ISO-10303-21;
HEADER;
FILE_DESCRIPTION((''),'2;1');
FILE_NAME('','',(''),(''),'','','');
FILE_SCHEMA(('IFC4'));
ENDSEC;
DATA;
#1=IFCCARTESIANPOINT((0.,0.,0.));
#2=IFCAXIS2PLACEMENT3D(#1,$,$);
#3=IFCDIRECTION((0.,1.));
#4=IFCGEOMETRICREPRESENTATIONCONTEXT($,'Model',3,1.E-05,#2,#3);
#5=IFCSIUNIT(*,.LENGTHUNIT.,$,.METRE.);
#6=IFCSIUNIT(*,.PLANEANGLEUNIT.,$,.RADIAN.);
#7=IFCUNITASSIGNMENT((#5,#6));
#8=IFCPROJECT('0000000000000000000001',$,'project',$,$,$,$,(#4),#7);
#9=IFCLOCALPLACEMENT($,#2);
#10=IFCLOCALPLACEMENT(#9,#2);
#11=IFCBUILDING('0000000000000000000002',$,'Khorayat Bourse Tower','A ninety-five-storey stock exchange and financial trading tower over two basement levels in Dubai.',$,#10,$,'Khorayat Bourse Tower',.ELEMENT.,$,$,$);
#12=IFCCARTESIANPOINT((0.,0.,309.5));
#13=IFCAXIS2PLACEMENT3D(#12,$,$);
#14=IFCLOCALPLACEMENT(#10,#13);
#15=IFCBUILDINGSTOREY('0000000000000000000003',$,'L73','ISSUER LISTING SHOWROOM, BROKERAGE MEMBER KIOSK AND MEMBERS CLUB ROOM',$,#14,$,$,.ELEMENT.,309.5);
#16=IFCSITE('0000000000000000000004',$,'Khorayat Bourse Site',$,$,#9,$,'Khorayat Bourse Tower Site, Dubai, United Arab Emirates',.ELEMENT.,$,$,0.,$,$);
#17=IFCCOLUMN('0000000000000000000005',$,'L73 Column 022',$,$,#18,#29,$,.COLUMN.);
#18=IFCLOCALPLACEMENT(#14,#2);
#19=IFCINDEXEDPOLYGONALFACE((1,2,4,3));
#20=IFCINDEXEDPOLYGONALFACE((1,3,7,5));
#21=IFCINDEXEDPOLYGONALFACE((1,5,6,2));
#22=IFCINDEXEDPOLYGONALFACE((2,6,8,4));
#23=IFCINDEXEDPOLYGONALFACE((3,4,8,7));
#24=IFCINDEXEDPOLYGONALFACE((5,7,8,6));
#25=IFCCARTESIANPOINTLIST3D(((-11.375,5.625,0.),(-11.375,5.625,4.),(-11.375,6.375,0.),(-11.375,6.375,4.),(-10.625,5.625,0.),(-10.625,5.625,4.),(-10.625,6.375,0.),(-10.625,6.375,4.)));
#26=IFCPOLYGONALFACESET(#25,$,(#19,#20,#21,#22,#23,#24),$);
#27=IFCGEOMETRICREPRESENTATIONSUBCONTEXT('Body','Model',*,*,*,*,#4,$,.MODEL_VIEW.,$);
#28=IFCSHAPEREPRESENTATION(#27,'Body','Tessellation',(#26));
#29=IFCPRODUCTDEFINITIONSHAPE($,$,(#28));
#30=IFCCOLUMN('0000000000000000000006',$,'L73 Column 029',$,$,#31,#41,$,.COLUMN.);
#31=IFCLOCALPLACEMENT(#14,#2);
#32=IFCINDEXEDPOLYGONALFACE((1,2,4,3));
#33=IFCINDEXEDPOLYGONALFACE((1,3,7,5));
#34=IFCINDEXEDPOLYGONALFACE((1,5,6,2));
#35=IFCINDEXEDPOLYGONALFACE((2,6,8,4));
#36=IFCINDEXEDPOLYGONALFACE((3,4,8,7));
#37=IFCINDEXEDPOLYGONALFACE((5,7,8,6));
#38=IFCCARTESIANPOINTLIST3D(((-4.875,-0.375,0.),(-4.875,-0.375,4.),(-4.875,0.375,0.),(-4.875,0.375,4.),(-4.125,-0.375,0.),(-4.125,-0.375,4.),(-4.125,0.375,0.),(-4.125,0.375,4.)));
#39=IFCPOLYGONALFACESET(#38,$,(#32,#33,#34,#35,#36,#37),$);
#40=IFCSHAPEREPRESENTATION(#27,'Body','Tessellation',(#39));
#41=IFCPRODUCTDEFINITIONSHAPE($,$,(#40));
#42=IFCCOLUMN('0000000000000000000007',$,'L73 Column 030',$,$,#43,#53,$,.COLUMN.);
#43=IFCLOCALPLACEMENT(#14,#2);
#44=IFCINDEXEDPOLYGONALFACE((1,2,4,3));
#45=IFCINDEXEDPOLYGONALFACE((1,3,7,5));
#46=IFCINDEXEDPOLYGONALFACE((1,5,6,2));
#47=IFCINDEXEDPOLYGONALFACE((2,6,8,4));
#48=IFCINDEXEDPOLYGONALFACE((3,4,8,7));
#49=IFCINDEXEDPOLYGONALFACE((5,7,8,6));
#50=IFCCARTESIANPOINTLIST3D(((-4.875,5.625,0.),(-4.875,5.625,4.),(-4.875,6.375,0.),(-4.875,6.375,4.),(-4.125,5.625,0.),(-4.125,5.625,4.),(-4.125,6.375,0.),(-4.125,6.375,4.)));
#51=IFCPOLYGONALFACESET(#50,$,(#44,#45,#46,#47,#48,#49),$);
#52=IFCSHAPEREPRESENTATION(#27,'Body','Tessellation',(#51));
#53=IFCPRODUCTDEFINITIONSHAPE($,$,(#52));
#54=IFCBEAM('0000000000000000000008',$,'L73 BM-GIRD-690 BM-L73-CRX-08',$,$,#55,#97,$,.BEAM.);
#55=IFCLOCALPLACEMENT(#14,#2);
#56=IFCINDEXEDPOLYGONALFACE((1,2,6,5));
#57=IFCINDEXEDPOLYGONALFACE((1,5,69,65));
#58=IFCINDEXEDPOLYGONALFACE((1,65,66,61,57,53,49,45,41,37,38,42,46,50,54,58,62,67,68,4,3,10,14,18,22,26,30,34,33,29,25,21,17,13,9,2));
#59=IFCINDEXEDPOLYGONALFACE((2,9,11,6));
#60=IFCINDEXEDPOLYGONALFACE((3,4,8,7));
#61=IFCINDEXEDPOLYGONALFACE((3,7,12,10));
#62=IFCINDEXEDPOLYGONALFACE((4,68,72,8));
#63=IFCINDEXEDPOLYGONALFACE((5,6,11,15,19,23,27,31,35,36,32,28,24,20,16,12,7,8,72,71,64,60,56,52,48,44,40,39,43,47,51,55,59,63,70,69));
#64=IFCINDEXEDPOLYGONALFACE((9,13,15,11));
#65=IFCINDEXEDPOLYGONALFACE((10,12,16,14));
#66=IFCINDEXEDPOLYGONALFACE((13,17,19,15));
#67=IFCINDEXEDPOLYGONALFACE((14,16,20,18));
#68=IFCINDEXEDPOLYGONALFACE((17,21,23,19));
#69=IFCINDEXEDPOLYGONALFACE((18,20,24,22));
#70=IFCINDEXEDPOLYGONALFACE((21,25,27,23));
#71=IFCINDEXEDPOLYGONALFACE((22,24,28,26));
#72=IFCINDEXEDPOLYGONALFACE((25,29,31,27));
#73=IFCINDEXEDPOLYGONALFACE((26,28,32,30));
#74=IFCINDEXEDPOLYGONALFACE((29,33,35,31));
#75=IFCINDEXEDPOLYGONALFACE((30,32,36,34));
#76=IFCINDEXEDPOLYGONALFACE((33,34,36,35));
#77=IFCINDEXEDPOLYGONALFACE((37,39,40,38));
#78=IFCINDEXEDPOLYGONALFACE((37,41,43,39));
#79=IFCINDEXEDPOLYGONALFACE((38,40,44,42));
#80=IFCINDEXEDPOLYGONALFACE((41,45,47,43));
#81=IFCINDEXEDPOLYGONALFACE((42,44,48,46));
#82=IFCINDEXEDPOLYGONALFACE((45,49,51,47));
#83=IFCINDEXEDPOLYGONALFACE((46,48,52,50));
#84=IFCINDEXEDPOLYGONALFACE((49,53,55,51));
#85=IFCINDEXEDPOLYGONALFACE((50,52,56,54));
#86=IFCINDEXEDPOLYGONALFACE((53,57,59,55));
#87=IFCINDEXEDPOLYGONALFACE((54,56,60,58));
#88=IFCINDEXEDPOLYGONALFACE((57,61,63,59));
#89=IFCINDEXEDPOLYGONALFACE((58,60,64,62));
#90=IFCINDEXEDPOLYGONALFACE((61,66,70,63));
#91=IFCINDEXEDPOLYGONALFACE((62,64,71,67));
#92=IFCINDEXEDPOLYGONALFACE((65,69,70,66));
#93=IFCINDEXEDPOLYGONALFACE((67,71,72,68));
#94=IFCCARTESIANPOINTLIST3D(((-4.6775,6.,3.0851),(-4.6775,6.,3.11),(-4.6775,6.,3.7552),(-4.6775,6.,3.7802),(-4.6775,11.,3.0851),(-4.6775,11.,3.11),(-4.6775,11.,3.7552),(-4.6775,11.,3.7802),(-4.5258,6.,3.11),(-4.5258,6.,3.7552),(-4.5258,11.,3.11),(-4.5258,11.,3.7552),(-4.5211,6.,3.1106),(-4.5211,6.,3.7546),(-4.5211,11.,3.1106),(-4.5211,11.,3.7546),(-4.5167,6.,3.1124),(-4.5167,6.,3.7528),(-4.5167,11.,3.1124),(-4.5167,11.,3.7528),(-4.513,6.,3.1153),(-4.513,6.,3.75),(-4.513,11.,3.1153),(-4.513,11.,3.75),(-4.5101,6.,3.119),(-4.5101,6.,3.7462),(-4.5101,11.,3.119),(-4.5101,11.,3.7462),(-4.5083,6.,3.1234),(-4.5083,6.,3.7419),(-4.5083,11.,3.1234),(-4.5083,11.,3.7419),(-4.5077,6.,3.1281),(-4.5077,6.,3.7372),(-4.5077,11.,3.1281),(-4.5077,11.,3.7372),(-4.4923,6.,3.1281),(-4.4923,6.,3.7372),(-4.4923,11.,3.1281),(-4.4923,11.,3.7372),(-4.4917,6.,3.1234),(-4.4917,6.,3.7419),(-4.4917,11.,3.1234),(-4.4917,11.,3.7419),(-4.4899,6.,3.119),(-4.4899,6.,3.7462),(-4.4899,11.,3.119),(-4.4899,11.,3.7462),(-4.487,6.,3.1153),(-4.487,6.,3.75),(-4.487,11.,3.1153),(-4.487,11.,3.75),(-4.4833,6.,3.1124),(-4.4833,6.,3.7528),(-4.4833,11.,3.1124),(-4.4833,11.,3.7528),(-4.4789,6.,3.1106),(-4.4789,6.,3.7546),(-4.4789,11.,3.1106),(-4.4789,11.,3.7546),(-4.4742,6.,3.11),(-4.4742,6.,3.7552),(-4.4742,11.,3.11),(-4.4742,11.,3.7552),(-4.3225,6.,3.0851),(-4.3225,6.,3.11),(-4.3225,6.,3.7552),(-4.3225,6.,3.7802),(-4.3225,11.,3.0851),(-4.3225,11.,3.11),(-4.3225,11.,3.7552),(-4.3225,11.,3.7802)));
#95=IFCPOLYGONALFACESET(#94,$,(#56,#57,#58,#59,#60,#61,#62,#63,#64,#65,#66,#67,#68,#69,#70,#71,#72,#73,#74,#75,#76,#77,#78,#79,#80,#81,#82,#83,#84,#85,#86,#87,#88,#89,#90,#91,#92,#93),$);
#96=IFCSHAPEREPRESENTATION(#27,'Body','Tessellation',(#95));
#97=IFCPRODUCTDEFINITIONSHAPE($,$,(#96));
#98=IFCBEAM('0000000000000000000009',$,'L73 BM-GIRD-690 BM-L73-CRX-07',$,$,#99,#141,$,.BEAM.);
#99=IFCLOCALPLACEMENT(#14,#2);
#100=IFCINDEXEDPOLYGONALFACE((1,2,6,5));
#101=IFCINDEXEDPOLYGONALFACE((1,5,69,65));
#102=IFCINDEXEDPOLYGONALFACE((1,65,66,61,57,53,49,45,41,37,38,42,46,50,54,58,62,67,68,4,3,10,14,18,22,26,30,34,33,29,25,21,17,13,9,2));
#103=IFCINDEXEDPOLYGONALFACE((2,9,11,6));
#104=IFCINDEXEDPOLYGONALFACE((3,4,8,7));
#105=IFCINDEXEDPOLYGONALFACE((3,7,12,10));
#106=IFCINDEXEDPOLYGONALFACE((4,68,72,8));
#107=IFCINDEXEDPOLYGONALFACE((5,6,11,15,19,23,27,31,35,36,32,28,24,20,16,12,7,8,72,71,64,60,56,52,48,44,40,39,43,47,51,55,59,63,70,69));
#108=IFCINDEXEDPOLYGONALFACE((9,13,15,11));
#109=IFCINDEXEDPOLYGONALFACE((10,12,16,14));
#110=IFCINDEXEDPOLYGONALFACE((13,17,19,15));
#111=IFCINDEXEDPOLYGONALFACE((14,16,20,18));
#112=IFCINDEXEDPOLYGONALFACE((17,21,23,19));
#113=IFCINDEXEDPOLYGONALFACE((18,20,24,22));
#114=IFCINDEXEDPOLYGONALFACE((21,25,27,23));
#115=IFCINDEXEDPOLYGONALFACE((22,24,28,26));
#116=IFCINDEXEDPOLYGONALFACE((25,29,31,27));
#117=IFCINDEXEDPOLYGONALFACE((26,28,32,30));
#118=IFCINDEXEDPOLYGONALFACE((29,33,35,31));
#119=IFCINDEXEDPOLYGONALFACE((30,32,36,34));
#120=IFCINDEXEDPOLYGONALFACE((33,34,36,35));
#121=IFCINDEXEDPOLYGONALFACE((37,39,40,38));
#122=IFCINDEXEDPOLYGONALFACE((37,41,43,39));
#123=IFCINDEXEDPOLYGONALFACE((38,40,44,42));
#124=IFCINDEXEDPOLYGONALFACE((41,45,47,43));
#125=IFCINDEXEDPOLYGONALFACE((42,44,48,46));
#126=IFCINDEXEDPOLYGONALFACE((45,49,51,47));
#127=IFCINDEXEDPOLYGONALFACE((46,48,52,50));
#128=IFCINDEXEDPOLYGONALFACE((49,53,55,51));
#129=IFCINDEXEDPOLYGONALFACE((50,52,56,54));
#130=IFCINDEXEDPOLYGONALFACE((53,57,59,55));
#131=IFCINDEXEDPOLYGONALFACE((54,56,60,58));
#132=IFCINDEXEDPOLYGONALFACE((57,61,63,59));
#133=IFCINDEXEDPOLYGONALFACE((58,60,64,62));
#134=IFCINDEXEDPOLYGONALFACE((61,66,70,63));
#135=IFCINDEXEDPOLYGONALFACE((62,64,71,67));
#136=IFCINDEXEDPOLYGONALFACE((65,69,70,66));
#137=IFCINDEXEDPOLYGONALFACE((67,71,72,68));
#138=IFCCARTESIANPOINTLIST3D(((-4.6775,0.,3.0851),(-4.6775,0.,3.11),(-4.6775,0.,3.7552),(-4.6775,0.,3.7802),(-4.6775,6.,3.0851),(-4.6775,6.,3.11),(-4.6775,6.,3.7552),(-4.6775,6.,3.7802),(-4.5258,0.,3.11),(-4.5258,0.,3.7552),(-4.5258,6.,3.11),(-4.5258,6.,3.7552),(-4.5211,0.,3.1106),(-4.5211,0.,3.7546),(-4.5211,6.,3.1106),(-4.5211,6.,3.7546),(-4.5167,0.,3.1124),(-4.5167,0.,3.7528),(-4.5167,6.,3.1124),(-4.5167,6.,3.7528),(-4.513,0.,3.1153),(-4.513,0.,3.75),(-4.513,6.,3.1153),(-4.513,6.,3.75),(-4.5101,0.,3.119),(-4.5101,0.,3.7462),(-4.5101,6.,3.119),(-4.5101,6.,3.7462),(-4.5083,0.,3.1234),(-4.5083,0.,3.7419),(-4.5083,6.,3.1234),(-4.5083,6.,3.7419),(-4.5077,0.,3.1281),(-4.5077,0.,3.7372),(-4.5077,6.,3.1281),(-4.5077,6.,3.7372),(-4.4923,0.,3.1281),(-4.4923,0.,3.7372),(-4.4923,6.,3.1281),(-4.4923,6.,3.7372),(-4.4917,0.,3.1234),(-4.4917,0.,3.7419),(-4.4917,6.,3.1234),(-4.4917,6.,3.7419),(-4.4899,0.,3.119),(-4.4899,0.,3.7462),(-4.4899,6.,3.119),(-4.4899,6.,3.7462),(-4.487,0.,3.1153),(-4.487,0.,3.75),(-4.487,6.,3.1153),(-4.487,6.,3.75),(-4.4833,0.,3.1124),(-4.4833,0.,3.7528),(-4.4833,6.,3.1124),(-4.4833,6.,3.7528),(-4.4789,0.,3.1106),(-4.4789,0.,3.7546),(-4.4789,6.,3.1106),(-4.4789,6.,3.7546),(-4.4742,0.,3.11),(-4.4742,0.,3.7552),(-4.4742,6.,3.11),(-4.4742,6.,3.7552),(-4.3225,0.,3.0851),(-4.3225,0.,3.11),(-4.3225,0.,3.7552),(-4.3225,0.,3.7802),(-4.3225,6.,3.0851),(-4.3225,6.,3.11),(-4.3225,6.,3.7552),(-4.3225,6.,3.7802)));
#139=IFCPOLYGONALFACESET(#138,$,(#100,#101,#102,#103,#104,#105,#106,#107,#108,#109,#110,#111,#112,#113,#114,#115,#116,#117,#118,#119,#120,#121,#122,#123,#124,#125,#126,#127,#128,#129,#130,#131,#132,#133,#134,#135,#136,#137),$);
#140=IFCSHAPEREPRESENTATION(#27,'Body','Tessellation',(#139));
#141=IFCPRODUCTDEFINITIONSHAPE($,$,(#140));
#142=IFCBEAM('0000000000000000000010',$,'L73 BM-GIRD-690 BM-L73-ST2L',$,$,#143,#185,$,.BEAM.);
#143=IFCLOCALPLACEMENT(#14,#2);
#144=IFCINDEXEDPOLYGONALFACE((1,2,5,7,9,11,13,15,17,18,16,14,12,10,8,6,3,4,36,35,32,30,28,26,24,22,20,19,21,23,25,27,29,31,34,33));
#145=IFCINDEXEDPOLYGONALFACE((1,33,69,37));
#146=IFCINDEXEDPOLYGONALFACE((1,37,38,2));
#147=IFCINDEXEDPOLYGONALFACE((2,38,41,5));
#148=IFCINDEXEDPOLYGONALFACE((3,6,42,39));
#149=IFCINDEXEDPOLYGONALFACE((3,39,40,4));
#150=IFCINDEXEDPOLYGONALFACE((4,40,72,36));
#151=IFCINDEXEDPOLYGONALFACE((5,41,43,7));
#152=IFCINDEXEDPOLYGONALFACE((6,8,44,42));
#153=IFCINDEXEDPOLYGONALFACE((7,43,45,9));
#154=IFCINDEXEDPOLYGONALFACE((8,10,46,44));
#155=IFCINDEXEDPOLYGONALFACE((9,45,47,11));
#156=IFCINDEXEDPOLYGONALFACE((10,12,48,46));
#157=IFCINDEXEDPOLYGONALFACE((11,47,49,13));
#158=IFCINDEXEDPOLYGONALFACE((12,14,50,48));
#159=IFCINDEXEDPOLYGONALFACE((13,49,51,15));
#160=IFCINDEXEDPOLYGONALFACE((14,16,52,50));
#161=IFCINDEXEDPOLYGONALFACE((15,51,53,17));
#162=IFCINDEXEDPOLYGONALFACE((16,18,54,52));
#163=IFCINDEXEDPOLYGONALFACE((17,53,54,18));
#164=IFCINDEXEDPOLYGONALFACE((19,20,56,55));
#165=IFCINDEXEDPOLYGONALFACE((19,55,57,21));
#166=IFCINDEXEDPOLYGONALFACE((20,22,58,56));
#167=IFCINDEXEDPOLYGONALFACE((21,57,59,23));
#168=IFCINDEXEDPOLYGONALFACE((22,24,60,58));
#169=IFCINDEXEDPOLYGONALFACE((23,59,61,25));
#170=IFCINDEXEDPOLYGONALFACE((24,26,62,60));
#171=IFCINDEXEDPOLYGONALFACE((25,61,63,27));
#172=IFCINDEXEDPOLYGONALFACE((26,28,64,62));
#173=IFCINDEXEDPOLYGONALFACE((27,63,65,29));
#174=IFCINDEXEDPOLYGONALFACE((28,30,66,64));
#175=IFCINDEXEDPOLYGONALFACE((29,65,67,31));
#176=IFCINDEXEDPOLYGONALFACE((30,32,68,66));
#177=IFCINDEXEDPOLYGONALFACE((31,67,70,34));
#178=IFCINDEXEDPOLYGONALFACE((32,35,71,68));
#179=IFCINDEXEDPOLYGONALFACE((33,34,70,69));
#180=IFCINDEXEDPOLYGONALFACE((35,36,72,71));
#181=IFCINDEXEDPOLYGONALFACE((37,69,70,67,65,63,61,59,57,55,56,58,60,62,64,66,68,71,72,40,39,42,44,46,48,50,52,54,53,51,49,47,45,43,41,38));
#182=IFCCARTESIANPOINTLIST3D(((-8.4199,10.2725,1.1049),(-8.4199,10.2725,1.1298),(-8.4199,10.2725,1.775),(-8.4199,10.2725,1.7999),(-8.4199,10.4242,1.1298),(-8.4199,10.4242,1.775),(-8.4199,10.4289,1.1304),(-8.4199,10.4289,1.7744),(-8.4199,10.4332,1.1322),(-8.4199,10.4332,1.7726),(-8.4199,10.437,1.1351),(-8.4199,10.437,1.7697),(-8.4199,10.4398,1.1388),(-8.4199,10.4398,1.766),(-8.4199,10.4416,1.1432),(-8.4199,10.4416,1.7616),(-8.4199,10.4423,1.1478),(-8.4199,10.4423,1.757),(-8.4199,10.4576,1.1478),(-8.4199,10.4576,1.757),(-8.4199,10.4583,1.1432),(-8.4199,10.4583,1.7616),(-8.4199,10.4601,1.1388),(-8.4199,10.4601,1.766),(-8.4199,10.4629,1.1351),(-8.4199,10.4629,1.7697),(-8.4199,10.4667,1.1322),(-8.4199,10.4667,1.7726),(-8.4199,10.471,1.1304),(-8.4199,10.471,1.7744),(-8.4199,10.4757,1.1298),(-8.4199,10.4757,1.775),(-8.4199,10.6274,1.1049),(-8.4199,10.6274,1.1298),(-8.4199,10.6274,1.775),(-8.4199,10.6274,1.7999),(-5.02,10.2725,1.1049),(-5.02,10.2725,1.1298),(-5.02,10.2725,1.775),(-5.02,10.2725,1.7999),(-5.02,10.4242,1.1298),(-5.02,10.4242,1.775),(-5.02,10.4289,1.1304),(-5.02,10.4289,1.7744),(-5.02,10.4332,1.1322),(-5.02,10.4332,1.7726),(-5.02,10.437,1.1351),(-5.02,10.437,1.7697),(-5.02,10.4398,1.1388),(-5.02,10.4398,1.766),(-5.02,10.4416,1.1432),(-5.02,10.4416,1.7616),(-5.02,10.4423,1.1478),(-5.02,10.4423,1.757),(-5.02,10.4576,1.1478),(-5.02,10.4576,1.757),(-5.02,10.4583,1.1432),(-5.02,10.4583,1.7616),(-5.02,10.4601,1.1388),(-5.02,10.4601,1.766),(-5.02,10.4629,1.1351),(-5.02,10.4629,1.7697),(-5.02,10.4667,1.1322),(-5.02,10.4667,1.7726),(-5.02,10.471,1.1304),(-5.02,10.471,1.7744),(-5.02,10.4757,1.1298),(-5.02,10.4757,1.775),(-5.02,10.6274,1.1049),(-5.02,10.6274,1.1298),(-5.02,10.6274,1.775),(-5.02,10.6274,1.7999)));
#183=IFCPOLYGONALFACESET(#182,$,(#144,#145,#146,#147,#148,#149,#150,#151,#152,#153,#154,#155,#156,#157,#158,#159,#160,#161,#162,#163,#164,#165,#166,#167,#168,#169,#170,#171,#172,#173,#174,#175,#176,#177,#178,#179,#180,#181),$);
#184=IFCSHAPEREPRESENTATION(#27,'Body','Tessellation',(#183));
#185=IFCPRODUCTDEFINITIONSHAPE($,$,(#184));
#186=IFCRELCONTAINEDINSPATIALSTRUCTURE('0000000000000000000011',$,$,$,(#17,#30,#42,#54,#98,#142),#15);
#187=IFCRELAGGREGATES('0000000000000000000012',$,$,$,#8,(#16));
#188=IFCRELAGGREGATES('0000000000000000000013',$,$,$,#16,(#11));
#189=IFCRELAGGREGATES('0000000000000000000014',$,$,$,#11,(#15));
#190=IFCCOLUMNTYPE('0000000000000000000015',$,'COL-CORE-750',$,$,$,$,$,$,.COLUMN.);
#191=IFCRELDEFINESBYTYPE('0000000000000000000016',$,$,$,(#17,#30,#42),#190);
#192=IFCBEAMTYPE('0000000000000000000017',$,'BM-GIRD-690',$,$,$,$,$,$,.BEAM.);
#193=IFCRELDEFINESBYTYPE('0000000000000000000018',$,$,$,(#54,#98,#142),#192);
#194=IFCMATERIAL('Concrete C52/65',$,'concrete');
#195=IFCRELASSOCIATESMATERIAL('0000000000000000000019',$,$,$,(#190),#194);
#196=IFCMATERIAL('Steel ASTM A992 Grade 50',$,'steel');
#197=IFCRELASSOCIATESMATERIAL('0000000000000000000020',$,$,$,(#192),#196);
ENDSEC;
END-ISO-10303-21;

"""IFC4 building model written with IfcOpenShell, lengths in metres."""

from ifc_helpers import new_model, si_unit, direction, frame, origin, origin_2d, place, context, subcontext, project, spatial, rectangle, i_section, extrude, source, transform, mapped, material, material_profile, profile_set, type_object, element, save


model = new_model("IFC4")

# Units and contexts
model_context = context("Model", 3, precision=1e-05, world=origin(), true_north=direction((0.0, 1.0)))
body_context = subcontext(model_context, "Body", "Model", "MODEL_VIEW")
ifc_project = project(units=[si_unit("LENGTHUNIT", "METRE"), si_unit("PLANEANGLEUNIT", "RADIAN")], contexts=[model_context])

# Site, building, storey
site_placement = place(None, origin())
site = spatial("IfcSite", under=ifc_project, at=site_placement, Name="Khorayat Bourse Site", LongName="Khorayat Bourse Tower Site, Dubai, United Arab Emirates", CompositionType="ELEMENT", RefElevation=0.0)
building_placement = place(site_placement, origin())
building = spatial("IfcBuilding", under=site, at=building_placement, Name="Khorayat Bourse Tower", Description="A ninety-five-storey stock exchange and financial trading tower over two basement levels in Dubai.", LongName="Khorayat Bourse Tower", CompositionType="ELEMENT")
storey_placement = place(building_placement, frame((0.0, 0.0, 309.5)))
storey = spatial("IfcBuildingStorey", under=building, at=storey_placement, Name="L73", Description="ISSUER LISTING SHOWROOM, BROKERAGE MEMBER KIOSK AND MEMBERS CLUB ROOM", CompositionType="ELEMENT", Elevation=309.5)

# Columns
ifc_material_1 = material(Name="Concrete C52/65", Category="concrete")
ifc_material_profile_1 = material_profile(ifc_material_1, rectangle(XDim=0.75, YDim=0.75, at=origin_2d()), Name="RC 750x750")
ifc_profile_set_1 = profile_set([ifc_material_profile_1], Name="Concrete C52/65")
column_type = type_object("IfcColumnType", Name="COL-CORE-750", PredefinedType="COLUMN", material=ifc_profile_set_1)
shared_shape_1 = source(origin(), body_context, "Body", "SweptSolid", [
    extrude(rectangle(XDim=0.75, YDim=0.75, at=origin_2d()), origin(), (0.0, 0.0, 1.0), 4.0),
])
for number, where, z_axis, x_axis, name in (
    (1, (-11.0, 6.0, 0.0), (0.0, 0.0, 1.0), (1.0, 0.0, 0.0), "L73 Column 022"),
    (2, (-4.5, 0.0, 0.0), (0.0, 0.0, 1.0), (1.0, 0.0, 0.0), "L73 Column 029"),
    (3, (-4.5, 6.0, 0.0), (0.0, 0.0, 1.0), (1.0, 0.0, 0.0), "L73 Column 030"),
):
    element("IfcColumn", number, at=place(storey_placement, frame(where, z_axis=z_axis, x_axis=x_axis)), inside=storey, type_object=column_type, Name=name, PredefinedType="COLUMN", context=body_context, shape_type="MappedRepresentation", body=[
        mapped(shared_shape_1, transform((0.0, 0.0, 0.0), scale=1.0)),
    ])

# Beams
ifc_material_2 = material(Name="Steel ASTM A992 Grade 50", Category="steel")
ifc_material_profile_2 = material_profile(ifc_material_2, i_section(OverallWidth=0.355, OverallDepth=0.6951, WebThickness=0.0154, FlangeThickness=0.0249, FilletRadius=0.0181, at=origin_2d()), Name="W690X217")
ifc_profile_set_2 = profile_set([ifc_material_profile_2], Name="Steel ASTM A992 Grade 50")
beam_type_1 = type_object("IfcBeamType", Name="BM-GIRD-690", PredefinedType="BEAM", material=ifc_profile_set_2)
shared_shape_2 = source(origin(), body_context, "Body", "SweptSolid", [
    extrude(i_section(OverallWidth=0.355, OverallDepth=0.6951, WebThickness=0.0154, FlangeThickness=0.0249, FilletRadius=0.0181, at=origin_2d()), origin(), (0.0, 0.0, 1.0), 5.0),
])
beam_1_placement = place(storey_placement, frame((-4.5, 6.0, 3.4326), z_axis=(0.0, 1.0, 0.0), x_axis=(-1.0, 0.0, 0.0)))
element("IfcBeam", 4, at=beam_1_placement, inside=storey, type_object=beam_type_1, Name="L73 BM-GIRD-690 BM-L73-CRX-08", PredefinedType="BEAM", context=body_context, shape_type="MappedRepresentation", body=[
    mapped(shared_shape_2, transform((0.0, 0.0, 0.0), scale=1.0)),
])
shared_shape_3 = source(origin(), body_context, "Body", "SweptSolid", [
    extrude(i_section(OverallWidth=0.355, OverallDepth=0.6951, WebThickness=0.0154, FlangeThickness=0.0249, FilletRadius=0.0181, at=origin_2d()), origin(), (0.0, 0.0, 1.0), 6.0),
])
beam_2_placement = place(storey_placement, frame((-4.5, 0.0, 3.4326), z_axis=(0.0, 1.0, 0.0), x_axis=(-1.0, 0.0, 0.0)))
element("IfcBeam", 5, at=beam_2_placement, inside=storey, type_object=beam_type_1, Name="L73 BM-GIRD-690 BM-L73-CRX-07", PredefinedType="BEAM", context=body_context, shape_type="MappedRepresentation", body=[
    mapped(shared_shape_3, transform((0.0, 0.0, 0.0), scale=1.0)),
])
shared_shape_4 = source(origin(), body_context, "Body", "SweptSolid", [
    extrude(i_section(OverallWidth=0.355, OverallDepth=0.6951, WebThickness=0.0154, FlangeThickness=0.0249, FilletRadius=0.0181, at=origin_2d()), origin(), (0.0, 0.0, 1.0), 3.3999),
])
beam_3_placement = place(storey_placement, frame((-8.4199, 10.45, 1.4524), z_axis=(1.0, 0.0, 0.0), x_axis=(0.0, 1.0, 0.0)))
element("IfcBeam", 6, at=beam_3_placement, inside=storey, type_object=beam_type_1, Name="L73 BM-GIRD-690 BM-L73-ST2L", PredefinedType="BEAM", context=body_context, shape_type="MappedRepresentation", body=[
    mapped(shared_shape_4, transform((0.0, 0.0, 0.0), scale=1.0)),
])

save(model, "model.ifc")
